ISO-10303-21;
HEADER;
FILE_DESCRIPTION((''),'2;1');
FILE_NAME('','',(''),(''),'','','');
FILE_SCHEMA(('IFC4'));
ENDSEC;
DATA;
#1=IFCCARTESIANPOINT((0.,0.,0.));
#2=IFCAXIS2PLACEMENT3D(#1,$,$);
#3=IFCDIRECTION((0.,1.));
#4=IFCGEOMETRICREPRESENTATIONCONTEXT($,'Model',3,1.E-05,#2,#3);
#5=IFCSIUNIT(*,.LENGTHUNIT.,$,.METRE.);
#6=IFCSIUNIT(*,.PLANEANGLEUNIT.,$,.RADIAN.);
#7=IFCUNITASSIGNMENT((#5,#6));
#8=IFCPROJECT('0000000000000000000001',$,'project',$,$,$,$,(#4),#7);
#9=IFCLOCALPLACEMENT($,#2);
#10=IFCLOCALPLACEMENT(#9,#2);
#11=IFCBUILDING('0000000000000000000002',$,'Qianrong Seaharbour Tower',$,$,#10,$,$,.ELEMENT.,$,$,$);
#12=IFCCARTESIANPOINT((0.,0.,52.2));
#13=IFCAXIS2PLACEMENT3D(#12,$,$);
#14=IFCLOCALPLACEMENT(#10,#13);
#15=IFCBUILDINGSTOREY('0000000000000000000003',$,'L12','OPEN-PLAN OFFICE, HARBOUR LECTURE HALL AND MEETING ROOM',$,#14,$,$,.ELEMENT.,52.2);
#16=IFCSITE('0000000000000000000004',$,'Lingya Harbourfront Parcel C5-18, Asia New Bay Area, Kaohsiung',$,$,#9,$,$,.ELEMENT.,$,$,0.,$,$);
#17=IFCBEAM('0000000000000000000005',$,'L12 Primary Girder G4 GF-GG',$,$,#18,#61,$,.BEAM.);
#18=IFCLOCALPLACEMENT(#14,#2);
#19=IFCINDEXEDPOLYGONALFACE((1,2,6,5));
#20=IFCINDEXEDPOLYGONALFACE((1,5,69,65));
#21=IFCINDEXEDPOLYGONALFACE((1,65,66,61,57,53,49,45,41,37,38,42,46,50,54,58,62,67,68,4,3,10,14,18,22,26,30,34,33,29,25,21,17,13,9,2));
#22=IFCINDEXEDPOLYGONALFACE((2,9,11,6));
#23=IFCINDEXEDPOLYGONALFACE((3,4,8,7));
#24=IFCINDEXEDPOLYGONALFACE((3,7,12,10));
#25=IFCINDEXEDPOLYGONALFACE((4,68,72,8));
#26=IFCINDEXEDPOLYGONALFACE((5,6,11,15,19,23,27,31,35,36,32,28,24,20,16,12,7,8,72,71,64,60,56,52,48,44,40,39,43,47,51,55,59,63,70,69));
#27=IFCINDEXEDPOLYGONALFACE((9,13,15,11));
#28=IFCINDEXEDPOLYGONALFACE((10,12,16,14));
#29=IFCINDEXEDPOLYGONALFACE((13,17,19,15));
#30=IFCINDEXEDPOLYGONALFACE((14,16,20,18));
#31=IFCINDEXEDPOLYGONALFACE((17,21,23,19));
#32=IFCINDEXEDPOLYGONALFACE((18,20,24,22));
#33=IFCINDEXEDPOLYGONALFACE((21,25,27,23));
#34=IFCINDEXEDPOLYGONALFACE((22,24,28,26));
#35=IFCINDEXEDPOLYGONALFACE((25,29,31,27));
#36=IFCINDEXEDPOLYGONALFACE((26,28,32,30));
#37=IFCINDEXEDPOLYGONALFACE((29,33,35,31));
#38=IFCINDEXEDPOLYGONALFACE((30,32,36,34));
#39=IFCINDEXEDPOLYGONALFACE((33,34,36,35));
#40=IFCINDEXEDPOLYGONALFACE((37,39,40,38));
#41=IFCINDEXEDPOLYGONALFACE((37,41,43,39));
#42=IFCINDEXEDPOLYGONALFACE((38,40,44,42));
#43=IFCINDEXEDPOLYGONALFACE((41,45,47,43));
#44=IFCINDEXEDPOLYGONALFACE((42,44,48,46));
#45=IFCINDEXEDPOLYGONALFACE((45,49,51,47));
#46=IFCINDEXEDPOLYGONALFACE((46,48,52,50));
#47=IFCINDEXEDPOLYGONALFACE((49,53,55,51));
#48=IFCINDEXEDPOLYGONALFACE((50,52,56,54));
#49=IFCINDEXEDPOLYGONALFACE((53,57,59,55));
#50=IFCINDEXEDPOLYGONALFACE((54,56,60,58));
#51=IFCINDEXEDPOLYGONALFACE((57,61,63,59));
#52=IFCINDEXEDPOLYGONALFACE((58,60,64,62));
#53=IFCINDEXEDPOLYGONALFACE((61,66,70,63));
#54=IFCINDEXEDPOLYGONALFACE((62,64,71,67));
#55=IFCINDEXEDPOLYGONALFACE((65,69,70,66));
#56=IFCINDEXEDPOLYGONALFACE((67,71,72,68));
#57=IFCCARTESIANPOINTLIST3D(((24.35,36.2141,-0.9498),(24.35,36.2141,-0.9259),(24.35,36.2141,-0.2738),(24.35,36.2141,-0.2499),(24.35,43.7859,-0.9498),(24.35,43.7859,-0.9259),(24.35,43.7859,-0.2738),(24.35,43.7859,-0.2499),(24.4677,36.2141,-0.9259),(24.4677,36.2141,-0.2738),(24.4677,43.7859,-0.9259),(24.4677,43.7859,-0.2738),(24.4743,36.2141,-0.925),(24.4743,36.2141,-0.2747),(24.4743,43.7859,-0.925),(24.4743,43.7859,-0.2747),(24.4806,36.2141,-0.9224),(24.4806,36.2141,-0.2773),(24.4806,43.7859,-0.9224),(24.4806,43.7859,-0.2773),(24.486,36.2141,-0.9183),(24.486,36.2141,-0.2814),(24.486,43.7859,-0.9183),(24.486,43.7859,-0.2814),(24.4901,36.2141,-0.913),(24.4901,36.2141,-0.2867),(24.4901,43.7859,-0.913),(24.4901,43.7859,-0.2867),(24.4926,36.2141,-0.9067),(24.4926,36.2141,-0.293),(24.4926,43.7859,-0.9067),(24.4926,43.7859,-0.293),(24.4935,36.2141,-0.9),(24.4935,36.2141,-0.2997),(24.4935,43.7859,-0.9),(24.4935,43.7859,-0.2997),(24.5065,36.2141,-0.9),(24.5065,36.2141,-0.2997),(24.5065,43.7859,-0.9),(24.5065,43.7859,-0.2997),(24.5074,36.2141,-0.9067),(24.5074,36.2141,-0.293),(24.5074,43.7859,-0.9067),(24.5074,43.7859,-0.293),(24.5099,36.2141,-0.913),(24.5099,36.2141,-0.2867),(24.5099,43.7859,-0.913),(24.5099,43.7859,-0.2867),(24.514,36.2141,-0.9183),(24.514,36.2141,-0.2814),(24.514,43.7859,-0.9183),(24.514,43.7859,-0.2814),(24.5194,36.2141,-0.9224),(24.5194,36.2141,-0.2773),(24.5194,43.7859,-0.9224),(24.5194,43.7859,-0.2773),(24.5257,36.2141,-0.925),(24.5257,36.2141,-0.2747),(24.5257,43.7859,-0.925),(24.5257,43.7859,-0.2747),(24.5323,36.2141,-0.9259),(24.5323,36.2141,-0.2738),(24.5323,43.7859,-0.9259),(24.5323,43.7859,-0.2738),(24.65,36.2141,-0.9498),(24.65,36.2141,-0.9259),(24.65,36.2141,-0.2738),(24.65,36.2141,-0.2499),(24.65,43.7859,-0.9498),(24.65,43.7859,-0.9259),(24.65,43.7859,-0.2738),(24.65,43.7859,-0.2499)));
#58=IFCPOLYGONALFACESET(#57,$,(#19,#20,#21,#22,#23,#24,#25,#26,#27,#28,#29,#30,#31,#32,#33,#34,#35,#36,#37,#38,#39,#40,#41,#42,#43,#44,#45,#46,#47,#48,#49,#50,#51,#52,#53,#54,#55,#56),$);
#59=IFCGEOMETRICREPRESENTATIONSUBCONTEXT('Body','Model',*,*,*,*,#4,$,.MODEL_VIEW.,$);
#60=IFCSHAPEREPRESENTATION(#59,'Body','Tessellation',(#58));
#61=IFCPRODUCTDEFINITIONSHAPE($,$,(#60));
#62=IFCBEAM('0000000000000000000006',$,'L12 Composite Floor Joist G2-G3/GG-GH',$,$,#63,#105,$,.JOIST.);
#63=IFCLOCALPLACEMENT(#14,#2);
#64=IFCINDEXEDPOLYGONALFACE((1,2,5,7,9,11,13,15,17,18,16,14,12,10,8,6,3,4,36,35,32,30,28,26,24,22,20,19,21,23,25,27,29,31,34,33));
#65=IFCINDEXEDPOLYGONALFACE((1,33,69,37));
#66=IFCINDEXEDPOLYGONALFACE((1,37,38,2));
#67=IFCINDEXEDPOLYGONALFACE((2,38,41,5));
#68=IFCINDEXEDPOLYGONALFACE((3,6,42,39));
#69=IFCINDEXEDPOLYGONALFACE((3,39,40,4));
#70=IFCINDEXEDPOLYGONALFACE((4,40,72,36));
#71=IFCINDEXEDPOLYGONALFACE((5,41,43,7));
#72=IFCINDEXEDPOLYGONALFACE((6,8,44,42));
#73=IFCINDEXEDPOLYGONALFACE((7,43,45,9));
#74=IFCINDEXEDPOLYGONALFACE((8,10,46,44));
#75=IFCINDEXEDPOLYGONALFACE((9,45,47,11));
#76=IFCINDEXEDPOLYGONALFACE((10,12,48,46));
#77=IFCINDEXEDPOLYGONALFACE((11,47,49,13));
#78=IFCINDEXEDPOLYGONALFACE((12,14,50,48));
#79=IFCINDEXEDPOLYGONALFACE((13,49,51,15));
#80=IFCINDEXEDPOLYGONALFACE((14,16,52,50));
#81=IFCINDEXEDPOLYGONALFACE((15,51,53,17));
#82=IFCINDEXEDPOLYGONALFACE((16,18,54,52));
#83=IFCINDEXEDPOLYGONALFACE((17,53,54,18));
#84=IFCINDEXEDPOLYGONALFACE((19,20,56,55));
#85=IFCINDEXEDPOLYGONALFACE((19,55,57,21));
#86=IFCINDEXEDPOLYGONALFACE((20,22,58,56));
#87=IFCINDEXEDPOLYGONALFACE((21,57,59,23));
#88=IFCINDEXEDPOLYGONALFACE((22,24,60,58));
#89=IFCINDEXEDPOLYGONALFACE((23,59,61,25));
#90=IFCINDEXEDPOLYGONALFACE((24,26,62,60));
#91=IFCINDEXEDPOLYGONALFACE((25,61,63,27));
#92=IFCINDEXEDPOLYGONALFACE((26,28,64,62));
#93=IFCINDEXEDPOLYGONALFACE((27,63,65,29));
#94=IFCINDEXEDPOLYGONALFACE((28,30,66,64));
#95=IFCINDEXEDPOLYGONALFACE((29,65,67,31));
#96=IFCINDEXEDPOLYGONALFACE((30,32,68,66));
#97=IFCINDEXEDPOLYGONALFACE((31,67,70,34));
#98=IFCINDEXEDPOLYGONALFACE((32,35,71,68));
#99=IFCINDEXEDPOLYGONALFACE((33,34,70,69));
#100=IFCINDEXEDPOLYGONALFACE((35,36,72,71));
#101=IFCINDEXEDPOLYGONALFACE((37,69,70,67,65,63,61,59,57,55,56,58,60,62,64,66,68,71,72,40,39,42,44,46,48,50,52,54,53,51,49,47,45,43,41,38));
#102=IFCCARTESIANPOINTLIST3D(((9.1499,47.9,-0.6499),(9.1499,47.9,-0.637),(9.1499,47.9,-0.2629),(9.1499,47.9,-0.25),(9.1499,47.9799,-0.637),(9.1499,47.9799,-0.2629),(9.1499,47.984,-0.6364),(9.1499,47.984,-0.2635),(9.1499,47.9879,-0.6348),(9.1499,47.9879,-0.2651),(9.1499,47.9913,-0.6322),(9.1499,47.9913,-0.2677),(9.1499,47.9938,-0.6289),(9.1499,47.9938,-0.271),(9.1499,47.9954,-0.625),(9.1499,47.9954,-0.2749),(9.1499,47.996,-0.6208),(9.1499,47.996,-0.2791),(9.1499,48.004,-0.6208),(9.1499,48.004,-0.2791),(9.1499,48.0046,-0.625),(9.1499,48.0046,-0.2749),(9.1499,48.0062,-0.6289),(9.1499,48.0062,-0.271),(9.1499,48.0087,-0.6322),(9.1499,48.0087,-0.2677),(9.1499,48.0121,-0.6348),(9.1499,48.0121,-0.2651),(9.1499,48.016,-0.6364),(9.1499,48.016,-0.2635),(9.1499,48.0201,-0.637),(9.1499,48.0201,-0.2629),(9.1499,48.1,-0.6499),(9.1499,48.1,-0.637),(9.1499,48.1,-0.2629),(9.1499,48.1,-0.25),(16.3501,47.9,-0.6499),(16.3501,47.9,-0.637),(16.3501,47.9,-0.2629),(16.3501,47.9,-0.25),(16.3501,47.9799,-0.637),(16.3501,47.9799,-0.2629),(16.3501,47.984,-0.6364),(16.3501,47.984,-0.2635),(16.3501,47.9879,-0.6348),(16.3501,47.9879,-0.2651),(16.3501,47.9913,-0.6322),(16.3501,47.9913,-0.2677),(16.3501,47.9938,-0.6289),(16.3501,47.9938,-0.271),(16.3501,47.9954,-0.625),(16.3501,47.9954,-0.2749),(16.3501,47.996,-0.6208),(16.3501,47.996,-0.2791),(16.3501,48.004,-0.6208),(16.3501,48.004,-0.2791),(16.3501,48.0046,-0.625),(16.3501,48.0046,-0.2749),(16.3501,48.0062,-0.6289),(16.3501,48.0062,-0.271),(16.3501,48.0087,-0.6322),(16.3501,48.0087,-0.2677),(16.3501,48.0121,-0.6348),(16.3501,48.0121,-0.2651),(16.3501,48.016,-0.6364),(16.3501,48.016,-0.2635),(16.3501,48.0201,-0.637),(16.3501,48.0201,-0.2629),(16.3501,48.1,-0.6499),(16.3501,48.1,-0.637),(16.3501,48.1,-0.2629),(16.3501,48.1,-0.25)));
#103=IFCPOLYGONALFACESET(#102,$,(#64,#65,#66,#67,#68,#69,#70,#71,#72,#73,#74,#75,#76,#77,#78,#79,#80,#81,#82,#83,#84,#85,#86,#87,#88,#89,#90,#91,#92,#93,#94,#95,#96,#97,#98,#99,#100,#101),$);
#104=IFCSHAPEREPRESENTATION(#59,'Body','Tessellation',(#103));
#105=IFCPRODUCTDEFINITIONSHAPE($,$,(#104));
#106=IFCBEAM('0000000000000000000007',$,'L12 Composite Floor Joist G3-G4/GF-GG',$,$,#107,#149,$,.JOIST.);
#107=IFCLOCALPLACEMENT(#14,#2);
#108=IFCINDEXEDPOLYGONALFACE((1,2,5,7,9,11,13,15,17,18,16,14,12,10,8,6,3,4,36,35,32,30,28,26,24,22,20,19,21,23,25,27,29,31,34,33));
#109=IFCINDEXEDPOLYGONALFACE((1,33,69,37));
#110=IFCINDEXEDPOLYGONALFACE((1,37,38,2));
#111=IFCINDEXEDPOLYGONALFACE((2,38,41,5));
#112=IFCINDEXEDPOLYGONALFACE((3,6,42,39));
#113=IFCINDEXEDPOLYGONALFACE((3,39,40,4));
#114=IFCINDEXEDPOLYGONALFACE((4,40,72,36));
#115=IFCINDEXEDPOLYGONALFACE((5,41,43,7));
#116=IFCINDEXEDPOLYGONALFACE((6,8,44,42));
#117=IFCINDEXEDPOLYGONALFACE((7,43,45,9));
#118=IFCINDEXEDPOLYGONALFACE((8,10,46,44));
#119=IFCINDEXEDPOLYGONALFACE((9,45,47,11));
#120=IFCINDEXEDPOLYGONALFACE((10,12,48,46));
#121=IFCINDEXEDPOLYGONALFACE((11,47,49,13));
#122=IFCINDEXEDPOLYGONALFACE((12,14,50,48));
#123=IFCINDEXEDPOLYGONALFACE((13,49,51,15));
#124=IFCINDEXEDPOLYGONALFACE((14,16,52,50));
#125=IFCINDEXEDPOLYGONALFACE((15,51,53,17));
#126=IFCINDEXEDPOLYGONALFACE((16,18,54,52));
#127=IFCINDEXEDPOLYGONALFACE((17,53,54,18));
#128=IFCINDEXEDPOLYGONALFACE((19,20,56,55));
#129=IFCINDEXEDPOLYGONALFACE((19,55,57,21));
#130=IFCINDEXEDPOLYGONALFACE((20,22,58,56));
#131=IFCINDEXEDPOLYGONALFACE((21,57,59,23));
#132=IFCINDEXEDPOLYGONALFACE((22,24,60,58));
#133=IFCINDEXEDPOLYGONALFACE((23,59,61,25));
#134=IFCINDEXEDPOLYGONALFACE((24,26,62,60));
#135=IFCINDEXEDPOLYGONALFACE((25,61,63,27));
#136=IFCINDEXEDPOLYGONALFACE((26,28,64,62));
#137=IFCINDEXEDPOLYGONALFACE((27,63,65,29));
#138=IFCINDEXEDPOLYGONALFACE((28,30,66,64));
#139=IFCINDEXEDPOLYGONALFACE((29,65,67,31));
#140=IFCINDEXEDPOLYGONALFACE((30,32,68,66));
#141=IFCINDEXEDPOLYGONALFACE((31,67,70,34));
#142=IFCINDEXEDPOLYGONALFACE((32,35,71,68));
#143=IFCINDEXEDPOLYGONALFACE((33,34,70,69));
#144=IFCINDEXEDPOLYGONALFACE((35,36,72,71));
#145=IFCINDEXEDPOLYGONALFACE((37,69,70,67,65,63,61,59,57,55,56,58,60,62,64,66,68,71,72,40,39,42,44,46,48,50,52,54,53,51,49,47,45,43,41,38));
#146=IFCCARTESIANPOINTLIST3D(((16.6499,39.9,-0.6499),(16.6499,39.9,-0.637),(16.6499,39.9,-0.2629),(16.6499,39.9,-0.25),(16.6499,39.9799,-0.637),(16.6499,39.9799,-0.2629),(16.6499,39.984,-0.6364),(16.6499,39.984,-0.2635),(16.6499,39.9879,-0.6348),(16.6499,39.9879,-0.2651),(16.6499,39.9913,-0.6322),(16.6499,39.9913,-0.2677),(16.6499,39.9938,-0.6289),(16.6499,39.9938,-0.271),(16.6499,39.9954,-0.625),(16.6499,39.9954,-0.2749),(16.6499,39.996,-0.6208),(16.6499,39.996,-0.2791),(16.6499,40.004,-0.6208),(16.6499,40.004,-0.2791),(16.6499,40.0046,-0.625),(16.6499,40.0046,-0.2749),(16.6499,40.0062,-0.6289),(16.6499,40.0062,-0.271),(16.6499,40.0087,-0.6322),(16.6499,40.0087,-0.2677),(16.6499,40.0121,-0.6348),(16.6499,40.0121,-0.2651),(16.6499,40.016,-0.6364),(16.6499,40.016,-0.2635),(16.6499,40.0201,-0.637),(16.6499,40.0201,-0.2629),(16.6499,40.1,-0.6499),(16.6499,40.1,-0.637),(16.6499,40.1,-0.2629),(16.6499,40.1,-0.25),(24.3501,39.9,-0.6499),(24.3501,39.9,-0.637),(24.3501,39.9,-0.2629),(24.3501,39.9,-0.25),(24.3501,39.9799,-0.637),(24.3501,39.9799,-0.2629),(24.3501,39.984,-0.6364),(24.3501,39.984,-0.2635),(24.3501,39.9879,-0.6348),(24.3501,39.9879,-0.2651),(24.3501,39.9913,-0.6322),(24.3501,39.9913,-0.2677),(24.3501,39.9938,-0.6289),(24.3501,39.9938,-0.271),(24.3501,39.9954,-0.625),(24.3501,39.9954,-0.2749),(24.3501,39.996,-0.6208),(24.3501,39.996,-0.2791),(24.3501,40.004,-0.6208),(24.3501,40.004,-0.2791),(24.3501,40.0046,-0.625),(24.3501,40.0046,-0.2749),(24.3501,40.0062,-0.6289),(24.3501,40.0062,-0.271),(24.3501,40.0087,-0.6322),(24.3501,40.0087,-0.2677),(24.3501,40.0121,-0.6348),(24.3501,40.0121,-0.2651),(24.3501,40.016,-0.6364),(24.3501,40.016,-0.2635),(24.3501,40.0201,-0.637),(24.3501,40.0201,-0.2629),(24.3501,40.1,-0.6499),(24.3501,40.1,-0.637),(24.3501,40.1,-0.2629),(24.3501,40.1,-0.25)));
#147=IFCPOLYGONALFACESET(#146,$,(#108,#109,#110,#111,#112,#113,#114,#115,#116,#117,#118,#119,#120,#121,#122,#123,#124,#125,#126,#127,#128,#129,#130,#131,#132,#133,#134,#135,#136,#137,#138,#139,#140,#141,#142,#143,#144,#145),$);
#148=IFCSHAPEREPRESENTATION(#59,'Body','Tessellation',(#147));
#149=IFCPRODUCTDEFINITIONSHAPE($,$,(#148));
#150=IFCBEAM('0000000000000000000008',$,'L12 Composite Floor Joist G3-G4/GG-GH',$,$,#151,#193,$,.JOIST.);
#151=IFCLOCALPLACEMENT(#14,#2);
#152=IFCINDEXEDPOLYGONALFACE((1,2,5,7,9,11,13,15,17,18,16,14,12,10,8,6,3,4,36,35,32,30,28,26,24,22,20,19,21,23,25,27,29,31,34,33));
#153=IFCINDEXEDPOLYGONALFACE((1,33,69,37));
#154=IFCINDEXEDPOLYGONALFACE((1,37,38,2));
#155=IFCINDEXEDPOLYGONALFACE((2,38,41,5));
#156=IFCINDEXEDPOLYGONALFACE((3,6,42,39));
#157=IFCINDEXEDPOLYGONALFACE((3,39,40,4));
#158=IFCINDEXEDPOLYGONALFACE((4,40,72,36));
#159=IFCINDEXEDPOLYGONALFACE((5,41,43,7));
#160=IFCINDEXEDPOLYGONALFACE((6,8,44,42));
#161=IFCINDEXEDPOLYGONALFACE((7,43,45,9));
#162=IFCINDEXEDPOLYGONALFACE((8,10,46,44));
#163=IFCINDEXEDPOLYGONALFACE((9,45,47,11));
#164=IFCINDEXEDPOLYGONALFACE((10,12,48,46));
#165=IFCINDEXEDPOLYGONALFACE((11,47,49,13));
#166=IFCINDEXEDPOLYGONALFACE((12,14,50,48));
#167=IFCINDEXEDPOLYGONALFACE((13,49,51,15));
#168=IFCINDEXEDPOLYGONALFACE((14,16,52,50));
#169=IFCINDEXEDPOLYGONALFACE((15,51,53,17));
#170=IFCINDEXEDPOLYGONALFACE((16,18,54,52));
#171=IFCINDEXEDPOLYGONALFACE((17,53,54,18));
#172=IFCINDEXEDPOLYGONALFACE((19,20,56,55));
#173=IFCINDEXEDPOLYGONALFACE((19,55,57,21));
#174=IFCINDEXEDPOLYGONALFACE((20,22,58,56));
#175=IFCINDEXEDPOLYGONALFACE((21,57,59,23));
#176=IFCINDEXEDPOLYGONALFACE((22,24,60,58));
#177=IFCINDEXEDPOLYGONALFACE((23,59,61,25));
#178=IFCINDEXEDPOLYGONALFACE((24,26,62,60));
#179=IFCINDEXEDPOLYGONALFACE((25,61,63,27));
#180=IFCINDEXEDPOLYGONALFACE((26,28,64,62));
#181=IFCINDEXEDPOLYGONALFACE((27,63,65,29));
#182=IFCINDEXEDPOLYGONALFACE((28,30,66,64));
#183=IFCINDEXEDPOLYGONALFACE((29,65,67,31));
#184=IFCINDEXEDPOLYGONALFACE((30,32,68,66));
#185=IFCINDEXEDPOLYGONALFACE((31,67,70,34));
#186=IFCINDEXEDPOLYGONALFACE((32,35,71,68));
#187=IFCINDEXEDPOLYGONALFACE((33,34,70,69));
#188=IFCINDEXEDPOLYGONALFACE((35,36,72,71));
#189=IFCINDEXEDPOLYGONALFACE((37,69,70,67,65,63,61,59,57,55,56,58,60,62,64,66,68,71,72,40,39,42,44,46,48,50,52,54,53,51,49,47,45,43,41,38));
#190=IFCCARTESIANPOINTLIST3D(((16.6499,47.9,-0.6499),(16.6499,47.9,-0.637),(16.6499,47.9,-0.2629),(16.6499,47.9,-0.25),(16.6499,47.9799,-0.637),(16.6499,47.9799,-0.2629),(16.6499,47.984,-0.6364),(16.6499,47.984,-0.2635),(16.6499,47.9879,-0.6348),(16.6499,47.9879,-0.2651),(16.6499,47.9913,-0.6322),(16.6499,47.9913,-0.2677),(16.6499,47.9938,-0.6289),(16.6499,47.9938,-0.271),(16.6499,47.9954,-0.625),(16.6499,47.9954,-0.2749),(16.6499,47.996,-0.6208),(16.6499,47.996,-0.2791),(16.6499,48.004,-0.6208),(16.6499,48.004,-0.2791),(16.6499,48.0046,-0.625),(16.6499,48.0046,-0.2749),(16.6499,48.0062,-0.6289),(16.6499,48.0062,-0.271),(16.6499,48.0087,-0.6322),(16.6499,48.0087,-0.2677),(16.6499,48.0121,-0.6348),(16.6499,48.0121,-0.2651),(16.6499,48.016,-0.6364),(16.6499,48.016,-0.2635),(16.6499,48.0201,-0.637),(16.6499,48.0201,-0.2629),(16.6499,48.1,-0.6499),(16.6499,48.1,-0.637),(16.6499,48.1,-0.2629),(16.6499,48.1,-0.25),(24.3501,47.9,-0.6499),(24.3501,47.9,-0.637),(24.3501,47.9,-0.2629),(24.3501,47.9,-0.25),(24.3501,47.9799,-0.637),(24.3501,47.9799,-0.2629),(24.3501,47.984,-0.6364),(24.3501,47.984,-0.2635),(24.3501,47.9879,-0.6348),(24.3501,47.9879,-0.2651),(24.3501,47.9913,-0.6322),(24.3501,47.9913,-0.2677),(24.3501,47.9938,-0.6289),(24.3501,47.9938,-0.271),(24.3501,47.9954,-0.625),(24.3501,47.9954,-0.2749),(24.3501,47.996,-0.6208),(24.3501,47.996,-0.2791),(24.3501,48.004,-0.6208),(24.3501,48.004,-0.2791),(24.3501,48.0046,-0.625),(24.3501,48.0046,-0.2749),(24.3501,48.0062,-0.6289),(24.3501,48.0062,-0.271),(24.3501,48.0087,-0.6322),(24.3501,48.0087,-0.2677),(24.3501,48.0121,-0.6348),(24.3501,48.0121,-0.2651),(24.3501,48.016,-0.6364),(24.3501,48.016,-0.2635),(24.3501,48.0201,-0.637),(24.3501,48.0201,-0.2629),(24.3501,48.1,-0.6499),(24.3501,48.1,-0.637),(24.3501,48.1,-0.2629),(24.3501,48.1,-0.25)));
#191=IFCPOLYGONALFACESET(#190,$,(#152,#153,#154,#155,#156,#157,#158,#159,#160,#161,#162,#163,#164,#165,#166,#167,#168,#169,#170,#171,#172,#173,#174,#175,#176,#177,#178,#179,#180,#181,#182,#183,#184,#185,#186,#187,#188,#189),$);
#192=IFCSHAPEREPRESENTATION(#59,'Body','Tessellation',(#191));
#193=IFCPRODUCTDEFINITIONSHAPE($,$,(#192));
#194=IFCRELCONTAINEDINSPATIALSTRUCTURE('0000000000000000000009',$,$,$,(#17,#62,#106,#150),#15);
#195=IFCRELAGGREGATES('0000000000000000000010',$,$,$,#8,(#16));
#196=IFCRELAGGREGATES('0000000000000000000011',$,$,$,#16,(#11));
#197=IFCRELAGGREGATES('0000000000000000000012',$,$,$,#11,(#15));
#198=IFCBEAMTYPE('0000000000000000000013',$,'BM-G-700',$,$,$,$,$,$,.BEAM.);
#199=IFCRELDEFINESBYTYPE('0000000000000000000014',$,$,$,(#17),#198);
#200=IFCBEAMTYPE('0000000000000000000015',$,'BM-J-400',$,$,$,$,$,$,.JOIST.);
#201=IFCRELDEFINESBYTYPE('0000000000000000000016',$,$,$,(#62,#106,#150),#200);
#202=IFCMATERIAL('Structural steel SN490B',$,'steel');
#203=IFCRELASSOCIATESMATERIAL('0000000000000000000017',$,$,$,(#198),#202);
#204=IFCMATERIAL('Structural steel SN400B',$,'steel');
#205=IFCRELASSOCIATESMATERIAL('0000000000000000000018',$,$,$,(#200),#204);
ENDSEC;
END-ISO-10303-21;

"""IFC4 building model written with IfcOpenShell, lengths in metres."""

from ifc_helpers import new_model, si_unit, direction, frame, origin, origin_2d, place, context, subcontext, project, spatial, i_section, extrude, material, material_profile, profile_set, type_object, element, save


model = new_model("IFC4")

# Units and contexts
model_context = context("Model", 3, precision=1e-05, world=origin(), true_north=direction((0.0, 1.0)))
body_context = subcontext(model_context, "Body", "Model", "MODEL_VIEW")
ifc_project = project(units=[si_unit("LENGTHUNIT", "METRE"), si_unit("PLANEANGLEUNIT", "RADIAN")], contexts=[model_context])

# Site, building, storey
site_placement = place(None, origin())
site = spatial("IfcSite", under=ifc_project, at=site_placement, Name="Lingya Harbourfront Parcel C5-18, Asia New Bay Area, Kaohsiung", CompositionType="ELEMENT", RefElevation=0.0)
building_placement = place(site_placement, origin())
building = spatial("IfcBuilding", under=site, at=building_placement, Name="Qianrong Seaharbour Tower", CompositionType="ELEMENT")
storey_placement = place(building_placement, frame((0.0, 0.0, 52.2)))
storey = spatial("IfcBuildingStorey", under=building, at=storey_placement, Name="L12", Description="OPEN-PLAN OFFICE, HARBOUR LECTURE HALL AND MEETING ROOM", CompositionType="ELEMENT", Elevation=52.2)

# Shared definitions
ifc_material_1 = material(Name="Structural steel SN490B", Category="steel")

# Beams
ifc_material_profile_1 = material_profile(ifc_material_1, i_section(OverallWidth=0.3, OverallDepth=0.7, WebThickness=0.0129, FlangeThickness=0.0239, FilletRadius=0.0259, at=origin_2d()), Name="H700x300x13x24")
ifc_profile_set_1 = profile_set([ifc_material_profile_1], Name="Structural steel SN490B")
beam_type_1 = type_object("IfcBeamType", Name="BM-G-700", PredefinedType="BEAM", material=ifc_profile_set_1)
beam_1_placement = place(storey_placement, frame((24.5, 36.2141, -0.5999), z_axis=(0.0, 1.0, 0.0), x_axis=(-1.0, 0.0, 0.0)))
element("IfcBeam", 1, at=beam_1_placement, inside=storey, type_object=beam_type_1, Name="L12 Primary Girder G4 GF-GG", PredefinedType="BEAM", context=body_context, shape_type="SweptSolid", body=[
    extrude(i_section(OverallWidth=0.3, OverallDepth=0.7, WebThickness=0.0129, FlangeThickness=0.0239, FilletRadius=0.0259, at=origin_2d()), origin(), (0.0, 0.0, 1.0), 7.5718),
])
ifc_material_2 = material(Name="Structural steel SN400B", Category="steel")
ifc_material_profile_2 = material_profile(ifc_material_2, i_section(OverallWidth=0.2, OverallDepth=0.3999, WebThickness=0.0081, FlangeThickness=0.0129, FilletRadius=0.0161, at=origin_2d()), Name="H400x200x8x13")
ifc_profile_set_2 = profile_set([ifc_material_profile_2], Name="Structural steel SN400B")
beam_type_2 = type_object("IfcBeamType", Name="BM-J-400", PredefinedType="JOIST", material=ifc_profile_set_2)
beam_2_placement = place(storey_placement, frame((9.1499, 48.0, -0.45), z_axis=(1.0, 0.0, 0.0), x_axis=(0.0, 1.0, 0.0)))
element("IfcBeam", 2, at=beam_2_placement, inside=storey, type_object=beam_type_2, Name="L12 Composite Floor Joist G2-G3/GG-GH", PredefinedType="JOIST", context=body_context, shape_type="SweptSolid", body=[
    extrude(i_section(OverallWidth=0.2, OverallDepth=0.3999, WebThickness=0.0081, FlangeThickness=0.0129, FilletRadius=0.0161, at=origin_2d()), origin(), (0.0, 0.0, 1.0), 7.2002),
])
for number, where, z_axis, x_axis, name in (
    (3, (16.6499, 40.0, -0.45), (1.0, 0.0, 0.0), (0.0, 1.0, 0.0), "L12 Composite Floor Joist G3-G4/GF-GG"),
    (4, (16.6499, 48.0, -0.45), (1.0, 0.0, 0.0), (0.0, 1.0, 0.0), "L12 Composite Floor Joist G3-G4/GG-GH"),
):
    element("IfcBeam", number, at=place(storey_placement, frame(where, z_axis=z_axis, x_axis=x_axis)), inside=storey, type_object=beam_type_2, Name=name, PredefinedType="JOIST", context=body_context, shape_type="SweptSolid", body=[
        extrude(i_section(OverallWidth=0.2, OverallDepth=0.3999, WebThickness=0.0081, FlangeThickness=0.0129, FilletRadius=0.0161, at=origin_2d()), origin(), (0.0, 0.0, 1.0), 7.7002),
    ])

save(model, "model.ifc")
